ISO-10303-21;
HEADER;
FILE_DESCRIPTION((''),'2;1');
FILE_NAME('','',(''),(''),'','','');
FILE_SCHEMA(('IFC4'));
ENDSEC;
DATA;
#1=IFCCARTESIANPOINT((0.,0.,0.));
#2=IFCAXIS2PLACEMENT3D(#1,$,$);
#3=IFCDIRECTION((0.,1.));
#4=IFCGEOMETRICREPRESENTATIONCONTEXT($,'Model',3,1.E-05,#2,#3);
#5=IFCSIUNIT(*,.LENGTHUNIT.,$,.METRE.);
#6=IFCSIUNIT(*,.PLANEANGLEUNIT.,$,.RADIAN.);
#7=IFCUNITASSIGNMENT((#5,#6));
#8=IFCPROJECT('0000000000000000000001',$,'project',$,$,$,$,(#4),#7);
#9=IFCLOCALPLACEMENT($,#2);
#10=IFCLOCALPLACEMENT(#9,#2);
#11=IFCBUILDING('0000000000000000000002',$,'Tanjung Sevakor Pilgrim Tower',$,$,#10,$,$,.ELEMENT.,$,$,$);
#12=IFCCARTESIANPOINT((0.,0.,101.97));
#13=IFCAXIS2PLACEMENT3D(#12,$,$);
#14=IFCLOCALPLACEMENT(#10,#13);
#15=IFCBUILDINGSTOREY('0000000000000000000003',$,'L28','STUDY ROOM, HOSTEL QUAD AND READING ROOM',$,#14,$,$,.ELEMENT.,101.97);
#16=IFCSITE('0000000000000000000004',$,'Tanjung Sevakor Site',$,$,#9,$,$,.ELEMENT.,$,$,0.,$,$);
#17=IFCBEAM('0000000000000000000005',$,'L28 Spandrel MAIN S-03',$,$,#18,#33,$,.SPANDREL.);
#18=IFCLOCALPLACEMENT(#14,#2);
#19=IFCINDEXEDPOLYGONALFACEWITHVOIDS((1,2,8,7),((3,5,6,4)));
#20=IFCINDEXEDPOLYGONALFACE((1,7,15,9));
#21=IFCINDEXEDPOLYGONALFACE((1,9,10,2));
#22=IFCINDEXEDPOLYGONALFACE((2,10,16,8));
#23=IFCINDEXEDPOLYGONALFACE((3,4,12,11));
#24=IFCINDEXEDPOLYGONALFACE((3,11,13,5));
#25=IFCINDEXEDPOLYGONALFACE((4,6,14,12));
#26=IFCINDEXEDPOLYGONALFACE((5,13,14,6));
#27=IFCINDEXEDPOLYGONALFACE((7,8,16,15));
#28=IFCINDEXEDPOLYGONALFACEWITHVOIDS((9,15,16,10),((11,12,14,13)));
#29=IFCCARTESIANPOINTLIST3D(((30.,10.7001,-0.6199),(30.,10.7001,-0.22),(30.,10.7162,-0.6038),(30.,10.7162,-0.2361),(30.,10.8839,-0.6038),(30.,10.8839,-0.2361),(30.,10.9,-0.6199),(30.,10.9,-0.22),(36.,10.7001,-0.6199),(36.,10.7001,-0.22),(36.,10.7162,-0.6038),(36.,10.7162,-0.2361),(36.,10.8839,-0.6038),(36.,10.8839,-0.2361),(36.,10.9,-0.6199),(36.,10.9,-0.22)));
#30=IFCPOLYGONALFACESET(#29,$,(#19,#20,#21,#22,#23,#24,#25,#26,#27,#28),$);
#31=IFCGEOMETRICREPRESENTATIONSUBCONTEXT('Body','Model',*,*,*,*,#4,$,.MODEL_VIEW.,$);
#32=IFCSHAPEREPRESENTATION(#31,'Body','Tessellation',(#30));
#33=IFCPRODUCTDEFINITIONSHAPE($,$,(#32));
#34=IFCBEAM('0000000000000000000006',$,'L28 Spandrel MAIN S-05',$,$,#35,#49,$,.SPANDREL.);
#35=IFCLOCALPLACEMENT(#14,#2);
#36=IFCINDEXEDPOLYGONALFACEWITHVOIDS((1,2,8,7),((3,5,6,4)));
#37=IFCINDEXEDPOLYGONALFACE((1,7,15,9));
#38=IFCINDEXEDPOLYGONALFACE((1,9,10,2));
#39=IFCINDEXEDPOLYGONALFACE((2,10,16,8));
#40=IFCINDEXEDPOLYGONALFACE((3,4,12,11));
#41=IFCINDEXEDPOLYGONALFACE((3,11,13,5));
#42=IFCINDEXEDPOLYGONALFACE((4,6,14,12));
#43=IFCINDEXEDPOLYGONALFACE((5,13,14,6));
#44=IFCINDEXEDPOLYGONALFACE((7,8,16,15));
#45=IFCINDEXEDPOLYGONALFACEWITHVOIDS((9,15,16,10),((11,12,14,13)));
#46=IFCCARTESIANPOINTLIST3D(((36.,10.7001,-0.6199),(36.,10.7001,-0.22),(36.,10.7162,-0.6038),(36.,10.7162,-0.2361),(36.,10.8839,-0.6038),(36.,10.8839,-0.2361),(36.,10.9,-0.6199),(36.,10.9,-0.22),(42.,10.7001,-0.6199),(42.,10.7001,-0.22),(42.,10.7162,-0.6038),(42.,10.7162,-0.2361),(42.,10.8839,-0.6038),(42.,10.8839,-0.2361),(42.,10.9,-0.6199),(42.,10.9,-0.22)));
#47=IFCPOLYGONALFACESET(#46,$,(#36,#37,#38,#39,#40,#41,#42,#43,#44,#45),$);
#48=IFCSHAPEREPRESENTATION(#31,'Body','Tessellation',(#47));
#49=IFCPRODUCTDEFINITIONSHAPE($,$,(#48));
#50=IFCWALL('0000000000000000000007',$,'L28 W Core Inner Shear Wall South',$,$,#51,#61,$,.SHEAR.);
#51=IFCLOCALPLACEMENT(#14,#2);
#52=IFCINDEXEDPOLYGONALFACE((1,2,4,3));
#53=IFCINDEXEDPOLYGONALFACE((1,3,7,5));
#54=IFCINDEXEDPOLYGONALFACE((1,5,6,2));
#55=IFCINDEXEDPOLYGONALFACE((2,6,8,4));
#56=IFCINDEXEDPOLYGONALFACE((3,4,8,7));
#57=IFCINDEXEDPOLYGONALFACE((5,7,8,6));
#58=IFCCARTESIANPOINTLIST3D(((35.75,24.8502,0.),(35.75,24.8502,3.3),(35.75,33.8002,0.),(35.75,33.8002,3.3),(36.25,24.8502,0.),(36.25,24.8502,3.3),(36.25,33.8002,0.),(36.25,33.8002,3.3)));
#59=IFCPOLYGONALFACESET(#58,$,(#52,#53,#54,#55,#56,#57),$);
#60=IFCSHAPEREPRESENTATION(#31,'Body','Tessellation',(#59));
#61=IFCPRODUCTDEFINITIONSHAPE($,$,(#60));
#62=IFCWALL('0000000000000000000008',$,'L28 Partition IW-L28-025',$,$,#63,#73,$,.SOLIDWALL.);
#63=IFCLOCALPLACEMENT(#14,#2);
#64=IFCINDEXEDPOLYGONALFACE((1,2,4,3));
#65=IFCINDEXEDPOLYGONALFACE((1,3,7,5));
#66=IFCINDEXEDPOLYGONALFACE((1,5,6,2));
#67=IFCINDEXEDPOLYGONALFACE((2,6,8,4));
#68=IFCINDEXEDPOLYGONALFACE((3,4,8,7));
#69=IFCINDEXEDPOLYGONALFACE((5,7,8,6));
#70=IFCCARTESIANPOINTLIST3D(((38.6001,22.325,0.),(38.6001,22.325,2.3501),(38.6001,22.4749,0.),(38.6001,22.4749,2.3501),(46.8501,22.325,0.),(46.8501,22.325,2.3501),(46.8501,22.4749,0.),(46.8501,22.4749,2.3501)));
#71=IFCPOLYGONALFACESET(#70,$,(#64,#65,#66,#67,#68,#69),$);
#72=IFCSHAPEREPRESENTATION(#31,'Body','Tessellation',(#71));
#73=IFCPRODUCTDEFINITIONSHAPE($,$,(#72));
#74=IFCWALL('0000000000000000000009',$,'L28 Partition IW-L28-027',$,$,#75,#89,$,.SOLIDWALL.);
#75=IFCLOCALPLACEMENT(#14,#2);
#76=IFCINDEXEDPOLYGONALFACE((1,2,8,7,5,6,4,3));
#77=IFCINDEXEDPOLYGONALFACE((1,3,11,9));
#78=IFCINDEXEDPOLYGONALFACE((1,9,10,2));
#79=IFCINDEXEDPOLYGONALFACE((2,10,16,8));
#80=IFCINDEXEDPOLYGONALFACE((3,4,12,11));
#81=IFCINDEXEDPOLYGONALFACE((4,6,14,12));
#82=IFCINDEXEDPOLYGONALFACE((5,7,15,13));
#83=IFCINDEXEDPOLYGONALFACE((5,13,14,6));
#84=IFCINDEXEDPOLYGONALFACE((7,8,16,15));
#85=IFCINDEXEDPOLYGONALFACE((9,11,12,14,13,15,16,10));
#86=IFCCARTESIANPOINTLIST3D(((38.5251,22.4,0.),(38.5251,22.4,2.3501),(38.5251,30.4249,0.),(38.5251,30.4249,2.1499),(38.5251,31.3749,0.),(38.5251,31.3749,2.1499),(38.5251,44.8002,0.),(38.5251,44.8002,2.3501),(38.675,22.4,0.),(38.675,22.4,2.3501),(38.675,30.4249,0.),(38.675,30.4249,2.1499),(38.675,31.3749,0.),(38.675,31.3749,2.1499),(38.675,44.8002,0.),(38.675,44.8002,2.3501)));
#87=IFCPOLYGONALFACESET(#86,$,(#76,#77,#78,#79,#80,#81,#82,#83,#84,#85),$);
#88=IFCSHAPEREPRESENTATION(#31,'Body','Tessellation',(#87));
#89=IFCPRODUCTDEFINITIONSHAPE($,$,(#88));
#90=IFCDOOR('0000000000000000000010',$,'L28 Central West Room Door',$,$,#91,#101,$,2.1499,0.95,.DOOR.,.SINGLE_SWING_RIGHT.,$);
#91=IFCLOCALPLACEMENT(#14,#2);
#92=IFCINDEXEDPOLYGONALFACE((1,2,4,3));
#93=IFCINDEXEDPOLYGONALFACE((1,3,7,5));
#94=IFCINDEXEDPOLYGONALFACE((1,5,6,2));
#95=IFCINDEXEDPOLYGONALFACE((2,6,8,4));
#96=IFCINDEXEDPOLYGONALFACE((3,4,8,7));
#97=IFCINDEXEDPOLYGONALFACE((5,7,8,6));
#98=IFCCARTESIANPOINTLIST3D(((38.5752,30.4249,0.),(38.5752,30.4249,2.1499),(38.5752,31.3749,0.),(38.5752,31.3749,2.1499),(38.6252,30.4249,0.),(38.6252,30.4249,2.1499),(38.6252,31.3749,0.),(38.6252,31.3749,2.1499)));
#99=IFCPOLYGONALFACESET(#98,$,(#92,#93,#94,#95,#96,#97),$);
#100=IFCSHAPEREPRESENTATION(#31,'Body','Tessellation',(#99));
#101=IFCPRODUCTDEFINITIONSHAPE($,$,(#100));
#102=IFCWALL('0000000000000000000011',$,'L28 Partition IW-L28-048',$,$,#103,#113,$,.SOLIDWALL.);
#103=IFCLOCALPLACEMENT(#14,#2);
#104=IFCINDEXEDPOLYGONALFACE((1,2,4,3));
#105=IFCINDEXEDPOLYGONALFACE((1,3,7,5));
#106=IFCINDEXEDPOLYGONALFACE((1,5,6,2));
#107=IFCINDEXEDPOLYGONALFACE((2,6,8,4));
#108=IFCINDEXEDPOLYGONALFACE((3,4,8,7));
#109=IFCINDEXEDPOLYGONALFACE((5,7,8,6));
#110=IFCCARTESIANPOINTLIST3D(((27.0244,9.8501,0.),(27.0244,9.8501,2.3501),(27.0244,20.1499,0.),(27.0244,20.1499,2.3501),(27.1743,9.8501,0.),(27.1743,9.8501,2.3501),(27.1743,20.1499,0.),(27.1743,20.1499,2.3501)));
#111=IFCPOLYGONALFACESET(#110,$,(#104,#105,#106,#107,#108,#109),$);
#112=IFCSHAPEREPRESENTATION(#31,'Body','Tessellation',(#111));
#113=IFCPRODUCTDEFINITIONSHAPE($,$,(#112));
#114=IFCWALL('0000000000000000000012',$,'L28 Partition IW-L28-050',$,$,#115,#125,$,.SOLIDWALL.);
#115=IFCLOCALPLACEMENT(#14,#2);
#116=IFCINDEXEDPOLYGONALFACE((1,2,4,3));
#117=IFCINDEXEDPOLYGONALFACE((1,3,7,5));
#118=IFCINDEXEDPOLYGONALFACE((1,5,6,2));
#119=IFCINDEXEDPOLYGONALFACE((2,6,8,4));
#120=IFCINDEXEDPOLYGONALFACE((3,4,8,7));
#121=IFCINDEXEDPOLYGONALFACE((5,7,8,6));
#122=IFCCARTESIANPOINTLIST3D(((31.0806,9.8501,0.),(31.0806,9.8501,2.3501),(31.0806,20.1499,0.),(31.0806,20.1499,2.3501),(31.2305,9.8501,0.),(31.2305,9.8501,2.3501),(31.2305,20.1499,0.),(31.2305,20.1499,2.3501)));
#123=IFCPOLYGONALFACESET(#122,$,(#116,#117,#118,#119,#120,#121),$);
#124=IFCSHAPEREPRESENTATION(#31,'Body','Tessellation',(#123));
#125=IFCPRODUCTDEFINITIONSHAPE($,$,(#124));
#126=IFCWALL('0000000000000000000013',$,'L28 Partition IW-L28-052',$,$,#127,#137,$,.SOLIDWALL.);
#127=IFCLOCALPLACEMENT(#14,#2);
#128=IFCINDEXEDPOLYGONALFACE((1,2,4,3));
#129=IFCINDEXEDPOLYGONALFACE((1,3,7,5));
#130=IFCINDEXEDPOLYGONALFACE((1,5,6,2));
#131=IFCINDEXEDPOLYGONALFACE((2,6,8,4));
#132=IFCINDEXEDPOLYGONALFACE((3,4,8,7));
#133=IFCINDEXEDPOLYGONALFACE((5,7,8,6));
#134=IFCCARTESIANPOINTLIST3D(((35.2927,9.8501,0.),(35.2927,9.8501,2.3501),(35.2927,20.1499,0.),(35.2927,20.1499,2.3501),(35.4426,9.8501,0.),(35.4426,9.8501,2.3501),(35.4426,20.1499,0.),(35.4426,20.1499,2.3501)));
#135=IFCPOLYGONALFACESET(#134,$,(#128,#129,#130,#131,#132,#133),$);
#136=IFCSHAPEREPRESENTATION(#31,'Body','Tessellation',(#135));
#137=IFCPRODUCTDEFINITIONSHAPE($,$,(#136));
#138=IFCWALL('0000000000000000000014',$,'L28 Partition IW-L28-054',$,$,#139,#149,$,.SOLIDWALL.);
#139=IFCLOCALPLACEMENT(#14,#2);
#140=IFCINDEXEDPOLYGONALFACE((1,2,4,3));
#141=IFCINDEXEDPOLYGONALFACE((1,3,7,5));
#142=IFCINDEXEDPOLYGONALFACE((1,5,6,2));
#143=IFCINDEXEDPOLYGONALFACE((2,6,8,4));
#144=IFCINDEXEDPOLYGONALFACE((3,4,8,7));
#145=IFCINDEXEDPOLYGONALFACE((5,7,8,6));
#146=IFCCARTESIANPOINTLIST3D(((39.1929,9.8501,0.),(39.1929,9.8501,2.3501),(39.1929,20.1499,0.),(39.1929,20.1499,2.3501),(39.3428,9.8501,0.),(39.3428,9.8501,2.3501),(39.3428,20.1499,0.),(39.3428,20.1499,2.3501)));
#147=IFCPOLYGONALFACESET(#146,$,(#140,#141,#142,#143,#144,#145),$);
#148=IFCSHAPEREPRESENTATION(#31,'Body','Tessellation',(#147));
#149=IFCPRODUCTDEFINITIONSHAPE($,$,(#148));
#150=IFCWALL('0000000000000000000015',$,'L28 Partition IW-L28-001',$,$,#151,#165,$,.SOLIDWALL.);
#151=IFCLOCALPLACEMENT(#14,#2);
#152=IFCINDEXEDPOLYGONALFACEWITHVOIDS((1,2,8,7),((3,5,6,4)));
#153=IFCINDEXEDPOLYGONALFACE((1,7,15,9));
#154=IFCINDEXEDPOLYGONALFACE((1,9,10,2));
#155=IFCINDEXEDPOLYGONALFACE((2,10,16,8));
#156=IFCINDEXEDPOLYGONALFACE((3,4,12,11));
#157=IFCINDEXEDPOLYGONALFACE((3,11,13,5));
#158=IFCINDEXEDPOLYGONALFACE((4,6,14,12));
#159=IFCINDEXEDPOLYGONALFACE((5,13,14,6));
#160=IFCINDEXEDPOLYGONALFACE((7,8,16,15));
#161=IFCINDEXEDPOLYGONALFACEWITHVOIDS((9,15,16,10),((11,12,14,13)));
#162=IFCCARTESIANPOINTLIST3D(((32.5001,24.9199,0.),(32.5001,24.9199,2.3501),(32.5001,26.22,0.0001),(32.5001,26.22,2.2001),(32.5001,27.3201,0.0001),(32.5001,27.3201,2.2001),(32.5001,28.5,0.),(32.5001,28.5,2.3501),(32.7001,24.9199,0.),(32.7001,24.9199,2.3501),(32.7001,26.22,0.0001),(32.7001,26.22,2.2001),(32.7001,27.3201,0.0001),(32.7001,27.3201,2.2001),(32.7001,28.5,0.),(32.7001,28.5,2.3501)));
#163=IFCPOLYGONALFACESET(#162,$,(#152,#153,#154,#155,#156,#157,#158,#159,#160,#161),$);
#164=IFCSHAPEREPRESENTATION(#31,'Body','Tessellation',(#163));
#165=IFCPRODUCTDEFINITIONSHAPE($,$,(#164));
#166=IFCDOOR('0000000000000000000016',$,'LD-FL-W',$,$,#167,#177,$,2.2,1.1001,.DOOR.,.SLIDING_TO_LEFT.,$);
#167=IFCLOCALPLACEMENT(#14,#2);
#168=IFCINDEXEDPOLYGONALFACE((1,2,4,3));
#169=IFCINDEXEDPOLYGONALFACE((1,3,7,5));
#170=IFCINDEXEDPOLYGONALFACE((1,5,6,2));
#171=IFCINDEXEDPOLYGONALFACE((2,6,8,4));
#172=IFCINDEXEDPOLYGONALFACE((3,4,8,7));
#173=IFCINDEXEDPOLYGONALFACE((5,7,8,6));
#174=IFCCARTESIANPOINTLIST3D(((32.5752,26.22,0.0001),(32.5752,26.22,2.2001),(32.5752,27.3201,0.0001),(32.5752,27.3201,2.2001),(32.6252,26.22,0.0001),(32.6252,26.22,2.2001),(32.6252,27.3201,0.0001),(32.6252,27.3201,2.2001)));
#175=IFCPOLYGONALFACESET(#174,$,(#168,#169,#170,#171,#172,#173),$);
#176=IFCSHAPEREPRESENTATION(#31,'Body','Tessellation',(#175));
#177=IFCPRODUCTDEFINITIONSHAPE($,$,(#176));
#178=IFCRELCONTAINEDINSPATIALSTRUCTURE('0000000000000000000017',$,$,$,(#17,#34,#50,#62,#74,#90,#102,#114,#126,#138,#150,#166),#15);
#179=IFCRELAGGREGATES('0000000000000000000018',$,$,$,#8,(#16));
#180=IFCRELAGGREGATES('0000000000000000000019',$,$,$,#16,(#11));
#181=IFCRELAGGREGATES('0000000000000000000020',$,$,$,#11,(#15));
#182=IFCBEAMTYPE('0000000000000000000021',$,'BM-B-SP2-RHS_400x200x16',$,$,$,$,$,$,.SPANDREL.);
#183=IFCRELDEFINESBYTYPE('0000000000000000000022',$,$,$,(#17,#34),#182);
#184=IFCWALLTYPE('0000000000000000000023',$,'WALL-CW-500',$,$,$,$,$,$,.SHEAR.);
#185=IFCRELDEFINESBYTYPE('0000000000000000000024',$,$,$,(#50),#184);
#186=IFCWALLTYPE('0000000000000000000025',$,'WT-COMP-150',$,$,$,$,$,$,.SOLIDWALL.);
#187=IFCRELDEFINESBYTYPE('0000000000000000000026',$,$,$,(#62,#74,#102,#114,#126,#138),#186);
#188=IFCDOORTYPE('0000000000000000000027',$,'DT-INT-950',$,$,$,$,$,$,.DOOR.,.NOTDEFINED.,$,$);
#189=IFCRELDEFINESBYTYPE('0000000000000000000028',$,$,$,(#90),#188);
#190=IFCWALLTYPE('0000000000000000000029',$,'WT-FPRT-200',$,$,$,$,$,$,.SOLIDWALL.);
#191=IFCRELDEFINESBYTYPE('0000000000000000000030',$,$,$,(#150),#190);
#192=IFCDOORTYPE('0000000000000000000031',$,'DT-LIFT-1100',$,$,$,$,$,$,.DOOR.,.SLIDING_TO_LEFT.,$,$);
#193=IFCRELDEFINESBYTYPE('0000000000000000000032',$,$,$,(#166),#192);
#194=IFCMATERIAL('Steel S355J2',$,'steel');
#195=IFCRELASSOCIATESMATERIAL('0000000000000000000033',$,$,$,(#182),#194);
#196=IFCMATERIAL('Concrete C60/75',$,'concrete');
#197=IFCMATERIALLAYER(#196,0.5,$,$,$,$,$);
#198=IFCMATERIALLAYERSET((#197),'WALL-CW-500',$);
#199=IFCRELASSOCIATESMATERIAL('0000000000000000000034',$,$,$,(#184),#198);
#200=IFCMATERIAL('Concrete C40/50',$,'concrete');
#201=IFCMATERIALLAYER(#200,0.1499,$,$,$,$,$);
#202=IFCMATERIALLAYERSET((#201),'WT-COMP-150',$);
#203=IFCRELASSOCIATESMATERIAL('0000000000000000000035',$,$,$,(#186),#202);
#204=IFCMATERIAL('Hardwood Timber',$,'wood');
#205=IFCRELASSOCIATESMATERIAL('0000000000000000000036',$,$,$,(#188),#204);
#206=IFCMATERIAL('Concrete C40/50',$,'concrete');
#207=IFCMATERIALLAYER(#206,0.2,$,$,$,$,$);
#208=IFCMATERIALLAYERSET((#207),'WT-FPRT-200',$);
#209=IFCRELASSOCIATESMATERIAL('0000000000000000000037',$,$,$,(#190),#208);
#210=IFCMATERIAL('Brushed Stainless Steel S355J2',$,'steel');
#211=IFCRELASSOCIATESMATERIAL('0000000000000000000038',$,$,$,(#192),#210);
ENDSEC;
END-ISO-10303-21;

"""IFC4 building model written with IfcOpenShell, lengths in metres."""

from ifc_helpers import new_model, si_unit, direction, frame, frame_2d, origin, origin_2d, place, context, subcontext, project, spatial, rectangle, hollow_rectangle, extrude, material, layer, layer_set, material_profile, profile_set, type_object, element, fill, save


model = new_model("IFC4")

# Units and contexts
model_context = context("Model", 3, precision=1e-05, world=origin(), true_north=direction((0.0, 1.0)))
body_context = subcontext(model_context, "Body", "Model", "MODEL_VIEW")
ifc_project = project(units=[si_unit("LENGTHUNIT", "METRE"), si_unit("PLANEANGLEUNIT", "RADIAN")], contexts=[model_context])

# Site, building, storey
site_placement = place(None, origin())
site = spatial("IfcSite", under=ifc_project, at=site_placement, Name="Tanjung Sevakor Site", CompositionType="ELEMENT", RefElevation=0.0)
building_placement = place(site_placement, origin())
building = spatial("IfcBuilding", under=site, at=building_placement, Name="Tanjung Sevakor Pilgrim Tower", CompositionType="ELEMENT")
storey_placement = place(building_placement, frame((0.0, 0.0, 101.97)))
storey = spatial("IfcBuildingStorey", under=building, at=storey_placement, Name="L28", Description="STUDY ROOM, HOSTEL QUAD AND READING ROOM", CompositionType="ELEMENT", Elevation=101.97)

# Beams
ifc_material_1 = material(Name="Steel S355J2", Category="steel")
ifc_material_profile_1 = material_profile(ifc_material_1, hollow_rectangle(XDim=0.2, YDim=0.3999, WallThickness=0.0161, at=origin_2d()))
ifc_profile_set_1 = profile_set([ifc_material_profile_1], Name="Steel S355J2")
beam_type_1 = type_object("IfcBeamType", Name="BM-B-SP2-RHS_400x200x16", PredefinedType="SPANDREL", material=ifc_profile_set_1)
for number, where, z_axis, x_axis, name in (
    (1, (30.0, 10.8, -0.4199), (1.0, 0.0, 0.0), (0.0, 1.0, 0.0), "L28 Spandrel MAIN S-03"),
    (2, (36.0, 10.8, -0.4199), (1.0, 0.0, 0.0), (0.0, 1.0, 0.0), "L28 Spandrel MAIN S-05"),
):
    element("IfcBeam", number, at=place(storey_placement, frame(where, z_axis=z_axis, x_axis=x_axis)), inside=storey, type_object=beam_type_1, Name=name, PredefinedType="SPANDREL", context=body_context, shape_type="SweptSolid", body=[
        extrude(hollow_rectangle(XDim=0.2, YDim=0.3999, WallThickness=0.0161, at=origin_2d()), origin(), (0.0, 0.0, 1.0), 6.0),
    ])

# Wall
ifc_material_2 = material(Name="Concrete C60/75", Category="concrete")
ifc_layer_1 = layer(ifc_material_2, 0.5)
ifc_layer_set_1 = layer_set([ifc_layer_1], Name="WALL-CW-500")
wall_type_1 = type_object("IfcWallType", Name="WALL-CW-500", PredefinedType="SHEAR", material=ifc_layer_set_1)
wall_1_placement = place(storey_placement, frame((36.0, 24.8501, 0.0), z_axis=(0.0, 0.0, 1.0), x_axis=(0.0, 1.0, 0.0)))
element("IfcWall", 3, at=wall_1_placement, inside=storey, type_object=wall_type_1, Name="L28 W Core Inner Shear Wall South", PredefinedType="SHEAR", context=body_context, shape_type="SweptSolid", body=[
    extrude(rectangle(XDim=8.95, YDim=0.5, at=frame_2d((4.4751, 0.0))), origin(), (0.0, 0.0, 1.0), 3.3),
])

# Wall
ifc_material_3 = material(Name="Concrete C40/50", Category="concrete")
ifc_layer_2 = layer(ifc_material_3, 0.1499)
ifc_layer_set_2 = layer_set([ifc_layer_2], Name="WT-COMP-150")
wall_type_2 = type_object("IfcWallType", Name="WT-COMP-150", PredefinedType="SOLIDWALL", material=ifc_layer_set_2)
wall_2_placement = place(storey_placement, frame((38.6001, 22.3999, 0.0), z_axis=(0.0, 0.0, 1.0), x_axis=(1.0, 0.0, 0.0)))
element("IfcWall", 4, at=wall_2_placement, inside=storey, type_object=wall_type_2, Name="L28 Partition IW-L28-025", PredefinedType="SOLIDWALL", context=body_context, shape_type="SweptSolid", body=[
    extrude(rectangle(XDim=8.25, YDim=0.1499, at=frame_2d((4.125, 0.0))), origin(), (0.0, 0.0, 1.0), 2.3501),
])

# Wall, opening, door
wall_3_placement = place(storey_placement, frame((38.6001, 22.3999, 0.0), z_axis=(0.0, 0.0, 1.0), x_axis=(0.0, 1.0, 0.0)))
wall_3 = element("IfcWall", 5, at=wall_3_placement, inside=storey, type_object=wall_type_2, Name="L28 Partition IW-L28-027", PredefinedType="SOLIDWALL", context=body_context, shape_type="SweptSolid", body=[
    extrude(rectangle(XDim=22.4001, YDim=0.1499, at=frame_2d((11.2002, 0.0))), origin(), (0.0, 0.0, 1.0), 2.3501),
])
opening_1_placement = place(wall_3_placement, frame((8.0249, 0.0, 0.0)))
opening_1 = element("IfcOpeningElement", 6, at=opening_1_placement, cuts=wall_3, PredefinedType="OPENING", context=body_context, shape_type="SweptSolid", body=[
    extrude(rectangle(XDim=0.95, YDim=2.1499, at=frame_2d((0.4751, 1.075))), frame((0.0, 0.085, 0.0), z_axis=(0.0, -1.0, 0.0), x_axis=(1.0, 0.0, 0.0)), (0.0, 0.0, 1.0), 0.1699),
])
ifc_material_4 = material(Name="Hardwood Timber", Category="wood")
door_type_1 = type_object("IfcDoorType", Name="DT-INT-950", OperationType="NOTDEFINED", PredefinedType="DOOR", material=ifc_material_4)
door_1_placement = place(opening_1_placement, origin())
door_1 = element("IfcDoor", 7, at=door_1_placement, inside=storey, type_object=door_type_1, Name="L28 Central West Room Door", OperationType="SINGLE_SWING_RIGHT", OverallHeight=2.1499, OverallWidth=0.95, PredefinedType="DOOR", context=body_context, shape_type="SweptSolid", body=[
    extrude(rectangle(XDim=0.95, YDim=2.1499, at=frame_2d((0.4751, 1.075))), frame((0.0, 0.0249, 0.0), z_axis=(0.0, -1.0, 0.0), x_axis=(1.0, 0.0, 0.0)), (0.0, 0.0, 1.0), 0.05),
])
fill(opening_1, door_1)

# Walls
for number, where, z_axis, x_axis, name in (
    (8, (27.0994, 9.8501, 0.0), (0.0, 0.0, 1.0), (0.0, 1.0, 0.0), "L28 Partition IW-L28-048"),
    (9, (31.1555, 9.8501, 0.0), (0.0, 0.0, 1.0), (0.0, 1.0, 0.0), "L28 Partition IW-L28-050"),
):
    element("IfcWall", number, at=place(storey_placement, frame(where, z_axis=z_axis, x_axis=x_axis)), inside=storey, type_object=wall_type_2, Name=name, PredefinedType="SOLIDWALL", context=body_context, shape_type="SweptSolid", body=[
        extrude(rectangle(XDim=10.2998, YDim=0.1499, at=frame_2d((5.1499, 0.0))), origin(), (0.0, 0.0, 1.0), 2.3501),
    ])

# Wall
wall_4_placement = place(storey_placement, frame((35.3677, 9.8501, 0.0), z_axis=(0.0, 0.0, 1.0), x_axis=(0.0, 1.0, 0.0)))
element("IfcWall", 10, at=wall_4_placement, inside=storey, type_object=wall_type_2, Name="L28 Partition IW-L28-052", PredefinedType="SOLIDWALL", context=body_context, shape_type="SweptSolid", body=[
    extrude(rectangle(XDim=10.2998, YDim=0.1499, at=frame_2d((5.1499, 0.0))), origin(), (0.0, 0.0, 1.0), 2.3501),
])

# Wall
wall_5_placement = place(storey_placement, frame((39.2678, 9.8501, 0.0), z_axis=(0.0, 0.0, 1.0), x_axis=(0.0, 1.0, 0.0)))
element("IfcWall", 11, at=wall_5_placement, inside=storey, type_object=wall_type_2, Name="L28 Partition IW-L28-054", PredefinedType="SOLIDWALL", context=body_context, shape_type="SweptSolid", body=[
    extrude(rectangle(XDim=10.2998, YDim=0.1499, at=frame_2d((5.1499, 0.0))), origin(), (0.0, 0.0, 1.0), 2.3501),
])

# Wall, opening, door
ifc_material_5 = material(Name="Concrete C40/50", Category="concrete")
ifc_layer_3 = layer(ifc_material_5, 0.2)
ifc_layer_set_3 = layer_set([ifc_layer_3], Name="WT-FPRT-200")
wall_type_3 = type_object("IfcWallType", Name="WT-FPRT-200", PredefinedType="SOLIDWALL", material=ifc_layer_set_3)
wall_6_placement = place(storey_placement, frame((32.6001, 24.9199, 0.0), z_axis=(0.0, 0.0, 1.0), x_axis=(0.0, 1.0, 0.0)))
wall_6 = element("IfcWall", 12, at=wall_6_placement, inside=storey, type_object=wall_type_3, Name="L28 Partition IW-L28-001", PredefinedType="SOLIDWALL", context=body_context, shape_type="SweptSolid", body=[
    extrude(rectangle(XDim=3.5801, YDim=0.2, at=frame_2d((1.79, 0.0))), origin(), (0.0, 0.0, 1.0), 2.3501),
])
opening_2_placement = place(wall_6_placement, frame((1.3, 0.0, 0.0)))
opening_2 = element("IfcOpeningElement", 13, at=opening_2_placement, cuts=wall_6, PredefinedType="OPENING", context=body_context, shape_type="SweptSolid", body=[
    extrude(rectangle(XDim=1.1001, YDim=2.2, at=frame_2d((0.55, 1.1001))), frame((0.0, 0.1099, 0.0), z_axis=(0.0, -1.0, 0.0), x_axis=(1.0, 0.0, 0.0)), (0.0, 0.0, 1.0), 0.22),
])
ifc_material_6 = material(Name="Brushed Stainless Steel S355J2", Category="steel")
door_type_2 = type_object("IfcDoorType", Name="DT-LIFT-1100", OperationType="SLIDING_TO_LEFT", PredefinedType="DOOR", material=ifc_material_6)
door_2_placement = place(opening_2_placement, origin())
door_2 = element("IfcDoor", 14, at=door_2_placement, inside=storey, type_object=door_type_2, Name="LD-FL-W", OperationType="SLIDING_TO_LEFT", OverallHeight=2.2, OverallWidth=1.1001, PredefinedType="DOOR", context=body_context, shape_type="SweptSolid", body=[
    extrude(rectangle(XDim=1.1001, YDim=2.2, at=frame_2d((0.55, 1.1001))), frame((0.0, 0.0249, 0.0), z_axis=(0.0, -1.0, 0.0), x_axis=(1.0, 0.0, 0.0)), (0.0, 0.0, 1.0), 0.05),
])
fill(opening_2, door_2)

save(model, "model.ifc")
